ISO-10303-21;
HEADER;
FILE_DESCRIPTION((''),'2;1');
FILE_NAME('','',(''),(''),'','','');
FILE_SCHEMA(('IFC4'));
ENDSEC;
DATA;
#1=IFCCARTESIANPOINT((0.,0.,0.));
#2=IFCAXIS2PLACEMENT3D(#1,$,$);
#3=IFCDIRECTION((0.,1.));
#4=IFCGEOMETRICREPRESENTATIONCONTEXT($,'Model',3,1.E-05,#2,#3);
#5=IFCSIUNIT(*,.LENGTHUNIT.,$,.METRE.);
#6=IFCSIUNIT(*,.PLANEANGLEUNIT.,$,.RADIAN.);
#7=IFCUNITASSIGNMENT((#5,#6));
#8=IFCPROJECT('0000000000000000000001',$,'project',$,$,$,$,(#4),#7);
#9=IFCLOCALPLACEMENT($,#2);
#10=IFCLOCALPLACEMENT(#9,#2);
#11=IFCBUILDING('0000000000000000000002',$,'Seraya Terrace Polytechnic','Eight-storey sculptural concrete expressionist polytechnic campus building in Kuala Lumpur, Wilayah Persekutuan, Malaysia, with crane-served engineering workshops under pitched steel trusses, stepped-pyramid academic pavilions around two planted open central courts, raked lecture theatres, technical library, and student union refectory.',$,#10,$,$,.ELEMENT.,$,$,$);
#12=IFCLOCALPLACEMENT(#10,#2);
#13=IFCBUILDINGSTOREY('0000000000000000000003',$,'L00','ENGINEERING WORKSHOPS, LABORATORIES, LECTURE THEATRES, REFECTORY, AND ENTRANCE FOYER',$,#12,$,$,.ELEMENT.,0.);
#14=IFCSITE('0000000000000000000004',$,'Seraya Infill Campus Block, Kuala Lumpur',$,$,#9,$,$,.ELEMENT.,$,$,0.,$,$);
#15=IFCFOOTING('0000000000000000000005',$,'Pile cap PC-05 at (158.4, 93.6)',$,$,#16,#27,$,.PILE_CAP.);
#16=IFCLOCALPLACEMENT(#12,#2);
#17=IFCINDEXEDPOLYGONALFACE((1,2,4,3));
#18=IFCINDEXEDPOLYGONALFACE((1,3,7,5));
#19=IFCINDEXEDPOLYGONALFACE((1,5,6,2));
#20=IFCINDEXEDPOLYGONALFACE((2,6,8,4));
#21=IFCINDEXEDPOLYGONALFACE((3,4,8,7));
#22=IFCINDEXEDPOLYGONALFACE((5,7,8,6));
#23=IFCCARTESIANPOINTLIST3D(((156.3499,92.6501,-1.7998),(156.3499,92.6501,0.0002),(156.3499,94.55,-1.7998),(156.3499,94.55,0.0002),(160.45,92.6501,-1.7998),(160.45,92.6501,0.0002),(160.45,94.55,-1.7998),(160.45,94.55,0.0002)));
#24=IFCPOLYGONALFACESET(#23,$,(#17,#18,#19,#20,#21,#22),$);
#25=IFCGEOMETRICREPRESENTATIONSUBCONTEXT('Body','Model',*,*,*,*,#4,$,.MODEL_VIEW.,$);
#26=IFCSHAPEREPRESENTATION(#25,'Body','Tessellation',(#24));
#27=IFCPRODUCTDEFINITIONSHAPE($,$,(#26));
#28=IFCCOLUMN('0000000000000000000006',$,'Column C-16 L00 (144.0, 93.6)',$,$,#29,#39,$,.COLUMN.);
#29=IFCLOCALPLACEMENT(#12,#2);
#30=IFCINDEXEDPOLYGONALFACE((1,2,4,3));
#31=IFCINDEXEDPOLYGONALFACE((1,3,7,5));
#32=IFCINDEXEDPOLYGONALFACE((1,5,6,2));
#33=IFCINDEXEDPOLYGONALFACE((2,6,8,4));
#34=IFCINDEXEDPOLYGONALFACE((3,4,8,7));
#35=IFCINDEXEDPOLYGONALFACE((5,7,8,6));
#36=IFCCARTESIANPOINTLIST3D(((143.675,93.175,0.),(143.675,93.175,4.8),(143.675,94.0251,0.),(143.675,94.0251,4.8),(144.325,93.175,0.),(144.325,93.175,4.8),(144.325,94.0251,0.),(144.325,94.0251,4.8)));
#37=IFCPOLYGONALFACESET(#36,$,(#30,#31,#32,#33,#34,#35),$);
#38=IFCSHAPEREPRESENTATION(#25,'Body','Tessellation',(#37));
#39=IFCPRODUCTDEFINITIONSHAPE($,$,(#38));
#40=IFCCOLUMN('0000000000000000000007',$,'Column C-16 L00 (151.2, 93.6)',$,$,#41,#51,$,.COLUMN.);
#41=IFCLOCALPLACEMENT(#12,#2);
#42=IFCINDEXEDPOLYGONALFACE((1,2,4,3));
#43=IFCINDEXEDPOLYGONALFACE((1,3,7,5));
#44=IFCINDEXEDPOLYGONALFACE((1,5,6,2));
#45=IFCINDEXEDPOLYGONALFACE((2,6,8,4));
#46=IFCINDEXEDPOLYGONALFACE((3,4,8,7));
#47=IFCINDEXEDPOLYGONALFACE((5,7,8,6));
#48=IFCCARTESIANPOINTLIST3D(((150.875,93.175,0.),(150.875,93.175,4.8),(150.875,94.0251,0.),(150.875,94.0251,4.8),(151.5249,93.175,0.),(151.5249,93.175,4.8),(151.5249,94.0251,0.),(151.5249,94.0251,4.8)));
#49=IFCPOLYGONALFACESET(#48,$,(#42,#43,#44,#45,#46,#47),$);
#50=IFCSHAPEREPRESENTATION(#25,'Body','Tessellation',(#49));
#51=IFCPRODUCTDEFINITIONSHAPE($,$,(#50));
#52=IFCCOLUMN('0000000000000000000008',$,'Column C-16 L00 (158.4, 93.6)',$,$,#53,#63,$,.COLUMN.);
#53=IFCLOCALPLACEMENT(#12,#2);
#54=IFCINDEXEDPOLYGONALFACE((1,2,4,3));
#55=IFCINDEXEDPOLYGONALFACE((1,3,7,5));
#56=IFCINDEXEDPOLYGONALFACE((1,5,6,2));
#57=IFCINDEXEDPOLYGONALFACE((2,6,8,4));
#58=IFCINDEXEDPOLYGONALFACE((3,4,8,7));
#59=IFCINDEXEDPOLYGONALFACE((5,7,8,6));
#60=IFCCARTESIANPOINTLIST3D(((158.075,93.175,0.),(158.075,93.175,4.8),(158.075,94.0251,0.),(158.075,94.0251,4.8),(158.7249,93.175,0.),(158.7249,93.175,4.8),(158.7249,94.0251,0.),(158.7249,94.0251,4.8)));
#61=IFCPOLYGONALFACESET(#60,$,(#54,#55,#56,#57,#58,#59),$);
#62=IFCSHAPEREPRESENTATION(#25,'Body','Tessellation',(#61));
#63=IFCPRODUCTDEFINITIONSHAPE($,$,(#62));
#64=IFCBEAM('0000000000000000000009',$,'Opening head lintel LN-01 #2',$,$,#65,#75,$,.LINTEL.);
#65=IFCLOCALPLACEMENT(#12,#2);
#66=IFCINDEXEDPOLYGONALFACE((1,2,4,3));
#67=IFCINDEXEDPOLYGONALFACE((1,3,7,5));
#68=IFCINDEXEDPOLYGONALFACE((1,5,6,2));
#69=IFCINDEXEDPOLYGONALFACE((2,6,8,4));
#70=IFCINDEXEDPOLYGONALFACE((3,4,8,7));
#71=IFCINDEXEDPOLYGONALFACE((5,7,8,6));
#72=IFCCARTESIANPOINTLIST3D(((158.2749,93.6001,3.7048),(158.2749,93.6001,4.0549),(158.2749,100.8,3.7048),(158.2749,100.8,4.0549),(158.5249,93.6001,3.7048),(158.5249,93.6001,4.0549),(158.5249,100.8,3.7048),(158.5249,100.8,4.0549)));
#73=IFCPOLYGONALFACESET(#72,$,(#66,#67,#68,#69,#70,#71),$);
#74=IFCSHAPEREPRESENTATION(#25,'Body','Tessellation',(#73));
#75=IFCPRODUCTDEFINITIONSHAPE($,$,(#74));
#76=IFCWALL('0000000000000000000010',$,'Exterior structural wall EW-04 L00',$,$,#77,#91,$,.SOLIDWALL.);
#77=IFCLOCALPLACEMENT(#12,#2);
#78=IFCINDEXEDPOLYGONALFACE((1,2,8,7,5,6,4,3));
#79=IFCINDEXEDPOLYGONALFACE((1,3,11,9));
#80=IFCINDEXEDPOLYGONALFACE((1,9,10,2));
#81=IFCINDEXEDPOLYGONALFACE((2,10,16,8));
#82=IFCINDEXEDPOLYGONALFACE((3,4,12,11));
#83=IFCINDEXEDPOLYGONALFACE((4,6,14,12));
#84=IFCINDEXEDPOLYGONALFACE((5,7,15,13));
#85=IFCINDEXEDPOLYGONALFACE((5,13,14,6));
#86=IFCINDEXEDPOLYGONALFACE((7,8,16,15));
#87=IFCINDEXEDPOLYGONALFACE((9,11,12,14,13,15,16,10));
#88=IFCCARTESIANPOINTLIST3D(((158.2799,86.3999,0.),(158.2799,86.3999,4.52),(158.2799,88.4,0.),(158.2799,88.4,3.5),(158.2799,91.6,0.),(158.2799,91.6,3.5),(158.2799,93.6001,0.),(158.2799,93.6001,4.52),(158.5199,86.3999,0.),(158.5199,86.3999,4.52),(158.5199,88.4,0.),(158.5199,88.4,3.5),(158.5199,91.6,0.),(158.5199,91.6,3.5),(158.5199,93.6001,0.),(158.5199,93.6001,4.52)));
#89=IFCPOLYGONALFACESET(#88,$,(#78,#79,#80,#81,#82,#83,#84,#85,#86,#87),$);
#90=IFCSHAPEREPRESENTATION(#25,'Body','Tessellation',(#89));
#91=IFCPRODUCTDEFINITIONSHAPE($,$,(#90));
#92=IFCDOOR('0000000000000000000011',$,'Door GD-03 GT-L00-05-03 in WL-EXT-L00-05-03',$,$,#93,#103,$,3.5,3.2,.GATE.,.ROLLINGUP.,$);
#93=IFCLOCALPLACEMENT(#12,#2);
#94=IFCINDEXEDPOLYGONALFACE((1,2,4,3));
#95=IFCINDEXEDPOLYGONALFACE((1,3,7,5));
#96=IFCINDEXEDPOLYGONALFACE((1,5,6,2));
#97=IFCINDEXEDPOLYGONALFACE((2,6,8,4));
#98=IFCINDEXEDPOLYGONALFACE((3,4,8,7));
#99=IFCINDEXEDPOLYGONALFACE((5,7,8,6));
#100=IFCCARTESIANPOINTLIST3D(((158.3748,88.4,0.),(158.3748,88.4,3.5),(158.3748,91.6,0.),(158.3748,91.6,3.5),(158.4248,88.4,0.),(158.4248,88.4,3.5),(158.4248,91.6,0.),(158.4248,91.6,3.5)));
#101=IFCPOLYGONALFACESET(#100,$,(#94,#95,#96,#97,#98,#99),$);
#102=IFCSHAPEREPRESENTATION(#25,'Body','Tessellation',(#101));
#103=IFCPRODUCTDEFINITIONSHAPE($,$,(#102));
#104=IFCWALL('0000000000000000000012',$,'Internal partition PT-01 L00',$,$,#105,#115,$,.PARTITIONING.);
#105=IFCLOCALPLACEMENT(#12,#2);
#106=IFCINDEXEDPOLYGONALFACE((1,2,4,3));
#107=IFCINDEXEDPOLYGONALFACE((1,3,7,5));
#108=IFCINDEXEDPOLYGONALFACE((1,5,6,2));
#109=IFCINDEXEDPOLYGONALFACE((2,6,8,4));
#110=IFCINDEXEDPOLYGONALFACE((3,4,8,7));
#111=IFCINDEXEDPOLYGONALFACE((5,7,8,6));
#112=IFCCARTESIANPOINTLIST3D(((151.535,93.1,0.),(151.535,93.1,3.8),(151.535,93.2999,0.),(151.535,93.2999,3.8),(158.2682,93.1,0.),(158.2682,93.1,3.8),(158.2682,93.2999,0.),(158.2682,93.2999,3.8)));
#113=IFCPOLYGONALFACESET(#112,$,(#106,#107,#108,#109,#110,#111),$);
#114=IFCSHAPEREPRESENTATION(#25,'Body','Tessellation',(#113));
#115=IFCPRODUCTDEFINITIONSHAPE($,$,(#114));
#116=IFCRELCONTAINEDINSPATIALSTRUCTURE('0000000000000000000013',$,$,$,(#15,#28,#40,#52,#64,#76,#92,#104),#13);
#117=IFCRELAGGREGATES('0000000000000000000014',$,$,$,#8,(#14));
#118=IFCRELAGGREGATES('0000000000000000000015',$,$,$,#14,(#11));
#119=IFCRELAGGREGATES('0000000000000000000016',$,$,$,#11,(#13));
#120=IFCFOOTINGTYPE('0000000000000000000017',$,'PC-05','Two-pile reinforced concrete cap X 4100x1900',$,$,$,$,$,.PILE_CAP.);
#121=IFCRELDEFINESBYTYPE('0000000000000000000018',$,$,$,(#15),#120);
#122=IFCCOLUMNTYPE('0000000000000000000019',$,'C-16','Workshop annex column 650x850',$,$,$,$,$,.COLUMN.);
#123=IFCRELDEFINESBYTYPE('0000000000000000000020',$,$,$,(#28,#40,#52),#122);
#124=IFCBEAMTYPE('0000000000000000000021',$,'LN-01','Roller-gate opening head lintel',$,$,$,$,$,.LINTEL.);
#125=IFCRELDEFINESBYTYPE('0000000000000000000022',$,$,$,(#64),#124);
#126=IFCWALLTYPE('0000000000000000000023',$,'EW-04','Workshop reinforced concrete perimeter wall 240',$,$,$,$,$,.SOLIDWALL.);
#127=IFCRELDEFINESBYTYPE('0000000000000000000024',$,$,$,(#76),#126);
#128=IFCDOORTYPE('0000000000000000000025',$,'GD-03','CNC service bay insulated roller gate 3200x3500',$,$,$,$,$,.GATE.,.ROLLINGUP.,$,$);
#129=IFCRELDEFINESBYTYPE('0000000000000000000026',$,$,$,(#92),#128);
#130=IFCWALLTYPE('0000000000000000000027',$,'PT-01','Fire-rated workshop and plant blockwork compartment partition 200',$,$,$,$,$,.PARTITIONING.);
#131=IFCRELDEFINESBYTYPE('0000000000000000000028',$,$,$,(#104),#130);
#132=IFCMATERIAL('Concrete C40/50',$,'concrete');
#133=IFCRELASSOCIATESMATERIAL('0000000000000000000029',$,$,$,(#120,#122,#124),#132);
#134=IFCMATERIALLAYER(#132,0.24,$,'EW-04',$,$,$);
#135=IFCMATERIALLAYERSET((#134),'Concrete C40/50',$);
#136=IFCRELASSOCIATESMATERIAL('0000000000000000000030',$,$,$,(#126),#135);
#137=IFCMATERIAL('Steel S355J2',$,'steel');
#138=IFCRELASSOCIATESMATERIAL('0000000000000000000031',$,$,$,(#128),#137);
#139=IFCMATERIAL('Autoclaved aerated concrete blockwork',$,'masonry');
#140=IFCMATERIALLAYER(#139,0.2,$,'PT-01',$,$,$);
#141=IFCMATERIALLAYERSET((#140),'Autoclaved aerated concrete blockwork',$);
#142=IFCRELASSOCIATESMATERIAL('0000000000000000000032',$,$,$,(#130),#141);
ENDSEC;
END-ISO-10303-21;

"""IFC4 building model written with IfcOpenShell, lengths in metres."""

from ifc_helpers import new_model, si_unit, direction, frame, frame_2d, origin, origin_2d, place, context, subcontext, project, spatial, rectangle, extrude, material, layer, layer_set, material_profile, profile_set, type_object, element, fill, save


model = new_model("IFC4")

# Units and contexts
model_context = context("Model", 3, precision=1e-05, world=origin(), true_north=direction((0.0, 1.0)))
body_context = subcontext(model_context, "Body", "Model", "MODEL_VIEW")
ifc_project = project(units=[si_unit("LENGTHUNIT", "METRE"), si_unit("PLANEANGLEUNIT", "RADIAN")], contexts=[model_context])

# Site, building, storey
site_placement = place(None, origin())
site = spatial("IfcSite", under=ifc_project, at=site_placement, Name="Seraya Infill Campus Block, Kuala Lumpur", CompositionType="ELEMENT", RefElevation=0.0)
building_placement = place(site_placement, origin())
building = spatial("IfcBuilding", under=site, at=building_placement, Name="Seraya Terrace Polytechnic", Description="Eight-storey sculptural concrete expressionist polytechnic campus building in Kuala Lumpur, Wilayah Persekutuan, Malaysia, with crane-served engineering workshops under pitched steel trusses, stepped-pyramid academic pavilions around two planted open central courts, raked lecture theatres, technical library, and student union refectory.", CompositionType="ELEMENT")
storey_placement = place(building_placement, origin())
storey = spatial("IfcBuildingStorey", under=building, at=storey_placement, Name="L00", Description="ENGINEERING WORKSHOPS, LABORATORIES, LECTURE THEATRES, REFECTORY, AND ENTRANCE FOYER", CompositionType="ELEMENT", Elevation=0.0)

# Shared definitions
ifc_material_1 = material(Name="Concrete C40/50", Category="concrete")

# Footing
footing_type_1 = type_object("IfcFootingType", Name="PC-05", Description="Two-pile reinforced concrete cap X 4100x1900", PredefinedType="PILE_CAP", material=ifc_material_1)
footing_1_placement = place(storey_placement, frame((158.3999, 93.6001, -1.7998), z_axis=(0.0, 0.0, 1.0), x_axis=(1.0, 0.0, 0.0)))
element("IfcFooting", 1, at=footing_1_placement, inside=storey, type_object=footing_type_1, Name="Pile cap PC-05 at (158.4, 93.6)", PredefinedType="PILE_CAP", context=body_context, shape_type="SweptSolid", body=[
    extrude(rectangle(XDim=4.1001, YDim=1.8999, at=origin_2d()), origin(), (0.0, 0.0, 1.0), 1.8),
])

# Columns
ifc_material_profile_1 = material_profile(ifc_material_1, rectangle(XDim=0.6499, YDim=0.8501, at=origin_2d()), Name="RC 650x850")
ifc_profile_set_1 = profile_set([ifc_material_profile_1], Name="Concrete C40/50")
column_type = type_object("IfcColumnType", Name="C-16", Description="Workshop annex column 650x850", PredefinedType="COLUMN", material=ifc_profile_set_1)
for number, where, z_axis, x_axis, name in (
    (2, (144.0, 93.6001, 0.0), (0.0, 0.0, 1.0), (1.0, 0.0, 0.0), "Column C-16 L00 (144.0, 93.6)"),
    (3, (151.2, 93.6001, 0.0), (0.0, 0.0, 1.0), (1.0, 0.0, 0.0), "Column C-16 L00 (151.2, 93.6)"),
    (4, (158.3999, 93.6001, 0.0), (0.0, 0.0, 1.0), (1.0, 0.0, 0.0), "Column C-16 L00 (158.4, 93.6)"),
):
    element("IfcColumn", number, at=place(storey_placement, frame(where, z_axis=z_axis, x_axis=x_axis)), inside=storey, type_object=column_type, Name=name, PredefinedType="COLUMN", context=body_context, shape_type="SweptSolid", body=[
        extrude(rectangle(XDim=0.6499, YDim=0.8501, at=origin_2d()), origin(), (0.0, 0.0, 1.0), 4.8),
    ])

# Beam
ifc_material_profile_2 = material_profile(ifc_material_1, rectangle(XDim=0.25, YDim=0.3501, at=origin_2d()), Name="RC 250x350")
ifc_profile_set_2 = profile_set([ifc_material_profile_2], Name="Concrete C40/50")
beam_type = type_object("IfcBeamType", Name="LN-01", Description="Roller-gate opening head lintel", PredefinedType="LINTEL", material=ifc_profile_set_2)
beam_placement = place(storey_placement, frame((158.3999, 93.6001, 3.8799), z_axis=(0.0, 1.0, 0.0), x_axis=(-1.0, 0.0, 0.0)))
element("IfcBeam", 5, at=beam_placement, inside=storey, type_object=beam_type, Name="Opening head lintel LN-01 #2", PredefinedType="LINTEL", context=body_context, shape_type="SweptSolid", body=[
    extrude(rectangle(XDim=0.25, YDim=0.3501, at=origin_2d()), origin(), (0.0, 0.0, 1.0), 7.2),
])

# Wall, opening, door
ifc_layer_1 = layer(ifc_material_1, 0.24, Name="EW-04")
ifc_layer_set_1 = layer_set([ifc_layer_1], Name="Concrete C40/50")
wall_type_1 = type_object("IfcWallType", Name="EW-04", Description="Workshop reinforced concrete perimeter wall 240", PredefinedType="SOLIDWALL", material=ifc_layer_set_1)
wall_1_placement = place(storey_placement, frame((158.3999, 93.6001, 0.0), z_axis=(0.0, 0.0, 1.0), x_axis=(0.0, -1.0, 0.0)))
wall_1 = element("IfcWall", 6, at=wall_1_placement, inside=storey, type_object=wall_type_1, Name="Exterior structural wall EW-04 L00", PredefinedType="SOLIDWALL", context=body_context, shape_type="SweptSolid", body=[
    extrude(rectangle(XDim=7.2002, YDim=0.24, at=frame_2d((3.6001, 0.0))), origin(), (0.0, 0.0, 1.0), 4.52),
])
opening_placement = place(wall_1_placement, frame((2.0, 0.0, 0.0)))
opening = element("IfcOpeningElement", 7, at=opening_placement, cuts=wall_1, PredefinedType="OPENING", context=body_context, shape_type="SweptSolid", body=[
    extrude(rectangle(XDim=3.2, YDim=3.5, at=frame_2d((1.6001, 1.75))), frame((0.0, 0.1318, 0.0), z_axis=(0.0, -1.0, 0.0), x_axis=(1.0, 0.0, 0.0)), (0.0, 0.0, 1.0), 0.2639),
])
ifc_material_2 = material(Name="Steel S355J2", Category="steel")
door_type = type_object("IfcDoorType", Name="GD-03", Description="CNC service bay insulated roller gate 3200x3500", OperationType="ROLLINGUP", PredefinedType="GATE", material=ifc_material_2)
door_placement = place(opening_placement, origin())
door = element("IfcDoor", 8, at=door_placement, inside=storey, type_object=door_type, Name="Door GD-03 GT-L00-05-03 in WL-EXT-L00-05-03", OperationType="ROLLINGUP", OverallHeight=3.5, OverallWidth=3.2, PredefinedType="GATE", context=body_context, shape_type="SweptSolid", body=[
    extrude(rectangle(XDim=3.2, YDim=3.5, at=frame_2d((1.6001, 1.75))), frame((0.0, 0.0249, 0.0), z_axis=(0.0, -1.0, 0.0), x_axis=(1.0, 0.0, 0.0)), (0.0, 0.0, 1.0), 0.05),
])
fill(opening, door)

# Wall
ifc_material_3 = material(Name="Autoclaved aerated concrete blockwork", Category="masonry")
ifc_layer_2 = layer(ifc_material_3, 0.2, Name="PT-01")
ifc_layer_set_2 = layer_set([ifc_layer_2], Name="Autoclaved aerated concrete blockwork")
wall_type_2 = type_object("IfcWallType", Name="PT-01", Description="Fire-rated workshop and plant blockwork compartment partition 200", PredefinedType="PARTITIONING", material=ifc_layer_set_2)
wall_2_placement = place(storey_placement, frame((151.5349, 93.2, 0.0), z_axis=(0.0, 0.0, 1.0), x_axis=(1.0, 0.0, 0.0)))
element("IfcWall", 9, at=wall_2_placement, inside=storey, type_object=wall_type_2, Name="Internal partition PT-01 L00", PredefinedType="PARTITIONING", context=body_context, shape_type="SweptSolid", body=[
    extrude(rectangle(XDim=6.7332, YDim=0.2, at=frame_2d((3.3667, 0.0))), origin(), (0.0, 0.0, 1.0), 3.8),
])

save(model, "model.ifc")
